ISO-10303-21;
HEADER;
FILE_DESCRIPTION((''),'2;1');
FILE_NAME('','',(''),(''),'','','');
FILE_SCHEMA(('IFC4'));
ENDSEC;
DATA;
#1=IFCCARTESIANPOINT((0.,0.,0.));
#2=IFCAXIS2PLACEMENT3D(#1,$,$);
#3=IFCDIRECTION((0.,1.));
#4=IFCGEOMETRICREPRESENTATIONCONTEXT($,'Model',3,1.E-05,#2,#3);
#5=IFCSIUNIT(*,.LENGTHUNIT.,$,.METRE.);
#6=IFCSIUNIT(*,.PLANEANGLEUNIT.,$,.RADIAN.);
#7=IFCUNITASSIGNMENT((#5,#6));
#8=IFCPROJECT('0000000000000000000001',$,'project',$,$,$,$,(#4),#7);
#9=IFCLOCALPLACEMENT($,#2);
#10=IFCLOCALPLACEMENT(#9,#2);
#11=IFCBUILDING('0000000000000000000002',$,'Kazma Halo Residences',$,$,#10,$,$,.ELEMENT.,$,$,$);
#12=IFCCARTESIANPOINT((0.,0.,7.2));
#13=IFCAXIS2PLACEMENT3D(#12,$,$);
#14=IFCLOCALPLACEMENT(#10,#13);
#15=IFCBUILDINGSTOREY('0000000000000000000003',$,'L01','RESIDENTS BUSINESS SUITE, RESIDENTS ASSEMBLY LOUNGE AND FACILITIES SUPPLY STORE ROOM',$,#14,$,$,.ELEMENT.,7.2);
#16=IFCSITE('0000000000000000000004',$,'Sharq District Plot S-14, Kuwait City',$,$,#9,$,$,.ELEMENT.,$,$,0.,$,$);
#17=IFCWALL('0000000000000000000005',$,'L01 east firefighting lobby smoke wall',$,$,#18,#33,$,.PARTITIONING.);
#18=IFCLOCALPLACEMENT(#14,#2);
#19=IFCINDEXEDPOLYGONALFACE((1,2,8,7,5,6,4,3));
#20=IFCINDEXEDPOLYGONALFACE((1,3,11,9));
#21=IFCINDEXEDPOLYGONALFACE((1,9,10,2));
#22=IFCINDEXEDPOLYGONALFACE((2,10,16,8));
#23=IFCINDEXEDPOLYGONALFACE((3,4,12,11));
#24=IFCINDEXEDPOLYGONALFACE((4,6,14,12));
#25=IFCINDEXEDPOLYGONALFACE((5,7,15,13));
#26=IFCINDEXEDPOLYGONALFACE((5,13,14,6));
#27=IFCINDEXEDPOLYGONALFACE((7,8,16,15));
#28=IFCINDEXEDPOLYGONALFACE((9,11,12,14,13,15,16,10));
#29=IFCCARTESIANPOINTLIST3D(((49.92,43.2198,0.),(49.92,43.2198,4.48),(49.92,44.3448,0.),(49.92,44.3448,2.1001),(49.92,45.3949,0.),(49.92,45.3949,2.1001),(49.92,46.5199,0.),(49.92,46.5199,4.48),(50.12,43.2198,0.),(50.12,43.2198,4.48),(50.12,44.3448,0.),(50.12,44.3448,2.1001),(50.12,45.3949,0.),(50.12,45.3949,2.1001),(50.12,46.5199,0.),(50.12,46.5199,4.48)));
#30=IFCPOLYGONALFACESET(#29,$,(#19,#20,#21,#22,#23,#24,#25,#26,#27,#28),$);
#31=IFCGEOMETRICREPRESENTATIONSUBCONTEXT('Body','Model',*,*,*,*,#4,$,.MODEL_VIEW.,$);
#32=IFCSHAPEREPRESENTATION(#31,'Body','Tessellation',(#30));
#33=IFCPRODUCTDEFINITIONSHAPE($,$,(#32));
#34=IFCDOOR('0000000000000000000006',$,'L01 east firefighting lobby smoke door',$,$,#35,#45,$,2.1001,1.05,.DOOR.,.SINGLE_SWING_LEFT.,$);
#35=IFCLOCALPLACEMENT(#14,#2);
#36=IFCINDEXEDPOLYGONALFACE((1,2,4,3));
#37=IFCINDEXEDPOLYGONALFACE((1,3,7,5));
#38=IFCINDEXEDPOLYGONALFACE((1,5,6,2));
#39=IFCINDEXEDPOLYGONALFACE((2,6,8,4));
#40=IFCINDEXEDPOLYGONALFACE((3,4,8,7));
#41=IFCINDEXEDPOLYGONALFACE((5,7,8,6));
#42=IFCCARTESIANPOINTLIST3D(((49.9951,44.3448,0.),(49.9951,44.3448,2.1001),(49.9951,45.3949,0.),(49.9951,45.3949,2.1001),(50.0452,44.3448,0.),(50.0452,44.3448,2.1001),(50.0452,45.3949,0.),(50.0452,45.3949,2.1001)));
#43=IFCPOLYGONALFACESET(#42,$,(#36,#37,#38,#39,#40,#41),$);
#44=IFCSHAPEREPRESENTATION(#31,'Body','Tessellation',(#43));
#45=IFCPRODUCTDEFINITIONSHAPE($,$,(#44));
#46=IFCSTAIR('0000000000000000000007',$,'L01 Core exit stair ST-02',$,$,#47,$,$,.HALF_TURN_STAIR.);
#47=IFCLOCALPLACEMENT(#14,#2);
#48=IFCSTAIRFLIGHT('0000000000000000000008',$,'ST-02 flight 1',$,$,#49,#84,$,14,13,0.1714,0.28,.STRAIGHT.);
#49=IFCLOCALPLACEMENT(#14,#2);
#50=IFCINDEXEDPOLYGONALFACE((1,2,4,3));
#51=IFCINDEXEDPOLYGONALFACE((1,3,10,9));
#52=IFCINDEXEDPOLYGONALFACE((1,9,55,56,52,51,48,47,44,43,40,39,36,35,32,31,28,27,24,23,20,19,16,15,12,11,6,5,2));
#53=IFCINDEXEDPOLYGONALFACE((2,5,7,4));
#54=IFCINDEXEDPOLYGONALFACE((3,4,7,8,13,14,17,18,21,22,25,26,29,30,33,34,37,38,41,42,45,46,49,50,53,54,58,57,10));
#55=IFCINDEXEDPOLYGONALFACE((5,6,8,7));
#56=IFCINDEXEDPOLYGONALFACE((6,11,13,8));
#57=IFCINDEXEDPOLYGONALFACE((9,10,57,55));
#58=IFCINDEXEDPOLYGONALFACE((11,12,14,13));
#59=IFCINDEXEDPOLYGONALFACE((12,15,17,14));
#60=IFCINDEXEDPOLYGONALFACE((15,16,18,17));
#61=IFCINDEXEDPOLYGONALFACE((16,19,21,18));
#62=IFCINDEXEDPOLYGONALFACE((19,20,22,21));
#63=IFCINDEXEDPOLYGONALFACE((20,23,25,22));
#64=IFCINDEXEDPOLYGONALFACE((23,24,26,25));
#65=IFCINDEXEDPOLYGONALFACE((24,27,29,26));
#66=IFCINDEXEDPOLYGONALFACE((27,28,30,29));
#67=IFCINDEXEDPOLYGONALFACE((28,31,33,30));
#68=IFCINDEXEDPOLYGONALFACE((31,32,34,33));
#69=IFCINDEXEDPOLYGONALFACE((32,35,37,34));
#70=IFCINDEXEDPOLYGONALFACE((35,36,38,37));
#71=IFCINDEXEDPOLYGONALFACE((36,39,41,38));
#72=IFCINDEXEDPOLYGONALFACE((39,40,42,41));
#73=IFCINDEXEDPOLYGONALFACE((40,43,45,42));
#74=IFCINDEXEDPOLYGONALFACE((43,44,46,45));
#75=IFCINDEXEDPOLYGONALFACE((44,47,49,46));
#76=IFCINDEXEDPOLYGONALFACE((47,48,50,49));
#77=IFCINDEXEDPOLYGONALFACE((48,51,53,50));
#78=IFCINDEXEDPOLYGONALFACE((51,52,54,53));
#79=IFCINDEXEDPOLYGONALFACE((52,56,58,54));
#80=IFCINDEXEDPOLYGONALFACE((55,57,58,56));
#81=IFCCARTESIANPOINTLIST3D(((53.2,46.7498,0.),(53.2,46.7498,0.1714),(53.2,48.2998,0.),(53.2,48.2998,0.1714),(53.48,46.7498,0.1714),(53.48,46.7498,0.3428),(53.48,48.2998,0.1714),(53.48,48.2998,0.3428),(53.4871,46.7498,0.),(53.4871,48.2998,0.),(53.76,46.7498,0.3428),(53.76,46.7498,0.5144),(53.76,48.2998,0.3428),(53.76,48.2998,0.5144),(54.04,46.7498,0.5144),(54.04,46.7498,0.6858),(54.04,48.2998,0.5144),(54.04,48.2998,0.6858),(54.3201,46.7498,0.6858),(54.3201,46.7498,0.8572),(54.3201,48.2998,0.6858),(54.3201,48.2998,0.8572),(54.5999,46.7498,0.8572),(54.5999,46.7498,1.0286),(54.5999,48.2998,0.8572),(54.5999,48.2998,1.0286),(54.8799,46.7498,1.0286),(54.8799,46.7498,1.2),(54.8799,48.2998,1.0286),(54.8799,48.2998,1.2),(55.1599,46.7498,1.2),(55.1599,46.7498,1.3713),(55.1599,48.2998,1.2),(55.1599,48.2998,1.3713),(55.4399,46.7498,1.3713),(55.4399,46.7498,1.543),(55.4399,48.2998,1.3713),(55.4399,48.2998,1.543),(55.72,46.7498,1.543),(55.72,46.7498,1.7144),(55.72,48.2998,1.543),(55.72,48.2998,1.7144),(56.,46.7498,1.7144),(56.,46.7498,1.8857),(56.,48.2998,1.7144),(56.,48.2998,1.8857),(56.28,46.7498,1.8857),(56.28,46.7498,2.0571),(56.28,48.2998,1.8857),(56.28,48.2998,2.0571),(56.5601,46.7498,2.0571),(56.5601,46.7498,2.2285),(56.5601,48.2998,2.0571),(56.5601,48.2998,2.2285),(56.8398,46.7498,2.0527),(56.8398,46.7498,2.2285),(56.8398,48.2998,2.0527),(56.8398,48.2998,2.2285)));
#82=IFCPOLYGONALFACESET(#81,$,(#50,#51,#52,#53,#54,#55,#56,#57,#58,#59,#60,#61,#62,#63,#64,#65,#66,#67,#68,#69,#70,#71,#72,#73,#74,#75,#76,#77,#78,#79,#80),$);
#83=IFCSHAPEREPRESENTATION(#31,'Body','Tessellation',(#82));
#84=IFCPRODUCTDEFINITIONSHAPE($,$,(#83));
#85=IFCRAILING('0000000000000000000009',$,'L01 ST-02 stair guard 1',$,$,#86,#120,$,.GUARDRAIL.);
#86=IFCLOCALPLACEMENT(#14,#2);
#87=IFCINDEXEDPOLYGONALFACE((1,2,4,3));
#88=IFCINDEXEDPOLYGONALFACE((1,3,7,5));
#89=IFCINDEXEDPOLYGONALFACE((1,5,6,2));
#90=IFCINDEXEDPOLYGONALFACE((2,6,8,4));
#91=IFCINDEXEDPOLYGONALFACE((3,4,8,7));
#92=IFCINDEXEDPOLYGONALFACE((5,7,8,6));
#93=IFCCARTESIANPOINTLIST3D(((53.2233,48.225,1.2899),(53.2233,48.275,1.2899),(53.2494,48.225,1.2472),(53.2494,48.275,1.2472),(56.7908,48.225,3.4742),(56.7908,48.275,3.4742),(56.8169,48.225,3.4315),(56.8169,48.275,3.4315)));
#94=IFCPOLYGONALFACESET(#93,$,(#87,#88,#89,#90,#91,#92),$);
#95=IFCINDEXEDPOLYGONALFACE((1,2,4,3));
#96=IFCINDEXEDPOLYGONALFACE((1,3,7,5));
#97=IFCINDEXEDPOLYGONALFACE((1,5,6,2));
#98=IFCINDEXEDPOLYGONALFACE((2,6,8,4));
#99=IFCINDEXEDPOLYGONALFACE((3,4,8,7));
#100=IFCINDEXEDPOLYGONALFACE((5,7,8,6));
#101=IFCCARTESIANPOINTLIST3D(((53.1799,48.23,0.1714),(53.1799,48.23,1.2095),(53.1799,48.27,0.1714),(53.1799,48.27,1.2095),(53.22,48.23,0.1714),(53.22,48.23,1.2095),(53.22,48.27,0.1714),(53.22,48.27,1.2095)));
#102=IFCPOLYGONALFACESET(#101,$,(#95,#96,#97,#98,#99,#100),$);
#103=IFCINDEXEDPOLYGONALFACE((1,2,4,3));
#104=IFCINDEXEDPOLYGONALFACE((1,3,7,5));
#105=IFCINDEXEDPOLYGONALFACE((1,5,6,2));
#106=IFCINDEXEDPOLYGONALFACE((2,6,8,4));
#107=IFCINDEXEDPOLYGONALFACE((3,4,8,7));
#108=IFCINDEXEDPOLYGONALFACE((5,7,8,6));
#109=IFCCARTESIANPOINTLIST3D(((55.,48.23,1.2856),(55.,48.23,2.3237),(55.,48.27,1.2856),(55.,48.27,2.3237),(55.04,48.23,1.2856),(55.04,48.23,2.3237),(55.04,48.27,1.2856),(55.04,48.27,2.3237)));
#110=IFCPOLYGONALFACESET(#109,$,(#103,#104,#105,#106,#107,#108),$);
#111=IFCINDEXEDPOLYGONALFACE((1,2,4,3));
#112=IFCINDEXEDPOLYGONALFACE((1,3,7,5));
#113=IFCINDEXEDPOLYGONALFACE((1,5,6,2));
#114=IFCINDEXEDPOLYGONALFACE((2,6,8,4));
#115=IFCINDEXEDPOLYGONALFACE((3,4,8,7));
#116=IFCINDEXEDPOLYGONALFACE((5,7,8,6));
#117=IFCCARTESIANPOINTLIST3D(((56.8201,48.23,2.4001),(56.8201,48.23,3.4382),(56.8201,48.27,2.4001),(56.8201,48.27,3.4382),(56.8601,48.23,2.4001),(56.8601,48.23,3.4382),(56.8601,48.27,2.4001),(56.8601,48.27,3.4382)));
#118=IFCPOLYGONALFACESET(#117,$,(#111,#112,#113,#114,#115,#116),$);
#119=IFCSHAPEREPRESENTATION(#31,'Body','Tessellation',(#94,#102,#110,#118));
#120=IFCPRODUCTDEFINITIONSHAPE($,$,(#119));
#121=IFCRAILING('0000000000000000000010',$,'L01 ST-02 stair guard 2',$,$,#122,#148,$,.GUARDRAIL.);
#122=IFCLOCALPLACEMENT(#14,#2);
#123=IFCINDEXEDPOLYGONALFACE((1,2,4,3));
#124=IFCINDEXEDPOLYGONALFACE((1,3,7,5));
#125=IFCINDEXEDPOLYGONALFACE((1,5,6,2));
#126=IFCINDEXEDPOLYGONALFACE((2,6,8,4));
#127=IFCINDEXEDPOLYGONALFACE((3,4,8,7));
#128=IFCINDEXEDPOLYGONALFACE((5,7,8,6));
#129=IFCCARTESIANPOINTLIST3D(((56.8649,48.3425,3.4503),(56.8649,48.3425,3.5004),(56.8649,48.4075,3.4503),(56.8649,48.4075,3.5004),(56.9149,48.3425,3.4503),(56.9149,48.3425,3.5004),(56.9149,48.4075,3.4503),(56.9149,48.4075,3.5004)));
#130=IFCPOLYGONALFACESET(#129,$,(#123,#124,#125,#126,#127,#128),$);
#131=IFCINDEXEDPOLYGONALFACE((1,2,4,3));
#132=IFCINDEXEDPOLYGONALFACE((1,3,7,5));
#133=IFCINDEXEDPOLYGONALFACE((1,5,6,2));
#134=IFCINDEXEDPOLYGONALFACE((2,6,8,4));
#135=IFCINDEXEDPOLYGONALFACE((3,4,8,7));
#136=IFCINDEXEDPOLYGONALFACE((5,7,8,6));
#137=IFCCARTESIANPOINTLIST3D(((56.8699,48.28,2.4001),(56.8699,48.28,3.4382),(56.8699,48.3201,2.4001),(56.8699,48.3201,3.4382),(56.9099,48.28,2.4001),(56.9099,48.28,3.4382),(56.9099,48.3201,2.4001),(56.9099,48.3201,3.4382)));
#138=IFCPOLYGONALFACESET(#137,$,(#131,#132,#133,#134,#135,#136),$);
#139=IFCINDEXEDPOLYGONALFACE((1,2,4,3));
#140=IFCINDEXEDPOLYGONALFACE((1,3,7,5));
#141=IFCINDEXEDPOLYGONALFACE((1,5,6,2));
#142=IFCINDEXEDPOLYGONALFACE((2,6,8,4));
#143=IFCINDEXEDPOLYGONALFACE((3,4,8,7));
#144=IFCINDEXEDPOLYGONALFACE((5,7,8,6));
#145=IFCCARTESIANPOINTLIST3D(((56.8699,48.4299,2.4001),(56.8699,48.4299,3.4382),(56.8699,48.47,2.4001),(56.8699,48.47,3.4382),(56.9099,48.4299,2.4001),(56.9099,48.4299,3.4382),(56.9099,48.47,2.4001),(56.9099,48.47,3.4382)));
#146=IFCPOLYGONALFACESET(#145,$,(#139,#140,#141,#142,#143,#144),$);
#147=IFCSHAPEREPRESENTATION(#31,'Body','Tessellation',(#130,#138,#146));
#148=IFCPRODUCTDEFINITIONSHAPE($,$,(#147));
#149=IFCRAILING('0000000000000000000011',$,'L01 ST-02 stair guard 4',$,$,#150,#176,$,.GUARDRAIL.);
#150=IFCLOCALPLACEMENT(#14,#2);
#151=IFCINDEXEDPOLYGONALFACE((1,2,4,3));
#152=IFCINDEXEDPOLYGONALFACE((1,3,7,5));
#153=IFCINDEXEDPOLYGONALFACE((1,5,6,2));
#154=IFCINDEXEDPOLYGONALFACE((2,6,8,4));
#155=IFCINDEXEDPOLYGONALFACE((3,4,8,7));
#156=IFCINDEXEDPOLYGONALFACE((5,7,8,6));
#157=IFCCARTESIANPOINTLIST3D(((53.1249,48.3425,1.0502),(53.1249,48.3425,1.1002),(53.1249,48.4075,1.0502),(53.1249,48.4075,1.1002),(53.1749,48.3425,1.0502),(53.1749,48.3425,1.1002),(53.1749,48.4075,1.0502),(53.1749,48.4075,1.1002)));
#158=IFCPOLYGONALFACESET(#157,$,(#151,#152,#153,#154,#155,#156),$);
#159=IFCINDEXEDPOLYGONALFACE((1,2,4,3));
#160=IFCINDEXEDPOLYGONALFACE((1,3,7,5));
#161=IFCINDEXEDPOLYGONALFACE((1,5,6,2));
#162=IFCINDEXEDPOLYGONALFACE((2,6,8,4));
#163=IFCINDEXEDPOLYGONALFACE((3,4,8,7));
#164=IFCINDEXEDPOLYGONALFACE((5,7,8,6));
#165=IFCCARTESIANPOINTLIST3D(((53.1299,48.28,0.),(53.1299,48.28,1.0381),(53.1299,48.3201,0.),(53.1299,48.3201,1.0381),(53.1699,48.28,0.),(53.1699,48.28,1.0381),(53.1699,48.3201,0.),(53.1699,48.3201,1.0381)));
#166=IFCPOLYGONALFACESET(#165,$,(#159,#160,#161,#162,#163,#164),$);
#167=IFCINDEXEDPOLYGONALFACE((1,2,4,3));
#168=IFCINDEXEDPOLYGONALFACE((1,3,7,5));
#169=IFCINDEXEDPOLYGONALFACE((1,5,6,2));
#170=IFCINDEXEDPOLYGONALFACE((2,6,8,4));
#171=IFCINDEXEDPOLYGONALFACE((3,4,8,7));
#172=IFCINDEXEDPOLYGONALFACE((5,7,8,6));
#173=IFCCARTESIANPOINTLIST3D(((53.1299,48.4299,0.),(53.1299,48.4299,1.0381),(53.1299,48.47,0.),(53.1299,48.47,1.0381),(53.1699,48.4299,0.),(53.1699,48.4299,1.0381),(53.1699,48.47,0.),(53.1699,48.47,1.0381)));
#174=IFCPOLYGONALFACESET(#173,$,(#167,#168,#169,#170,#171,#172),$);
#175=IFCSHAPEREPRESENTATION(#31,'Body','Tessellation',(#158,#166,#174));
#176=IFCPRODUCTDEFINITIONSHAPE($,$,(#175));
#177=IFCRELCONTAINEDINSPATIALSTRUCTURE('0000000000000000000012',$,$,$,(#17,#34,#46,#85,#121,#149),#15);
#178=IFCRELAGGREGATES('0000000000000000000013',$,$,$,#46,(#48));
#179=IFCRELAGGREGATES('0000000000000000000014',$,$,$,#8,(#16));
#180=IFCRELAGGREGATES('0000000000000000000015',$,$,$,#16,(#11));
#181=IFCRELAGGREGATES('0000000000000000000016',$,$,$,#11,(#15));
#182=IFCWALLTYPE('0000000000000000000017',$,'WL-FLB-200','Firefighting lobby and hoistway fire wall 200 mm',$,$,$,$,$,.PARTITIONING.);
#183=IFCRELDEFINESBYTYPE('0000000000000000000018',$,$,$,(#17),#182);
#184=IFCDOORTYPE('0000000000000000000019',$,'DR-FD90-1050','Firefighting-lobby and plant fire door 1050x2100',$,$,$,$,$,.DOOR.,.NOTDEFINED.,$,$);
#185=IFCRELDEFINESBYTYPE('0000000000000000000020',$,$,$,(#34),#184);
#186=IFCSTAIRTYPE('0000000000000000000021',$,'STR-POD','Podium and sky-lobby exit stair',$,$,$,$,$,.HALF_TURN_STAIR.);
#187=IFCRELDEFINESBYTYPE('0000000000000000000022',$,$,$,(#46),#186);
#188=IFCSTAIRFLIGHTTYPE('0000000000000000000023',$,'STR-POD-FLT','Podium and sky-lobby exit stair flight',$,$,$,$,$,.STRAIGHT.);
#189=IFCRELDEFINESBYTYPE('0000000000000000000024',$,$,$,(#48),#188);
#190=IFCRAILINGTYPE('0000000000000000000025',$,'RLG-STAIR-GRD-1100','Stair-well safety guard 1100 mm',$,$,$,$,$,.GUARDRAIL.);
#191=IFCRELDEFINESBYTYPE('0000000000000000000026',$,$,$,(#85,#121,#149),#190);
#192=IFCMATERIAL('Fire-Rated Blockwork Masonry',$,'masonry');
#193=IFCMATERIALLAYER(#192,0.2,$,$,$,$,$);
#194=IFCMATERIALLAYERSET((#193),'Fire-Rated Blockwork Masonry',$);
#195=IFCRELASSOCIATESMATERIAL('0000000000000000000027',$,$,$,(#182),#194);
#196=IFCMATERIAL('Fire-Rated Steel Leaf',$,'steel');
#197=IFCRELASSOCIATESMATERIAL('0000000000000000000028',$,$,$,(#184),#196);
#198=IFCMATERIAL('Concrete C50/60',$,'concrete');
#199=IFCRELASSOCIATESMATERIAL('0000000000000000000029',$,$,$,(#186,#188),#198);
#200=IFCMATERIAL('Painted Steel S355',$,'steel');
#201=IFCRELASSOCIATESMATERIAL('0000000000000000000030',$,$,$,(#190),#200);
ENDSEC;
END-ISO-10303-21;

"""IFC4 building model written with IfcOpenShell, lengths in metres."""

from ifc_helpers import new_model, si_unit, direction, frame, frame_2d, origin, origin_2d, place, context, subcontext, project, spatial, polyline, rectangle, outline, extrude, material, layer, layer_set, type_object, element, fill, aggregate, save


model = new_model("IFC4")

# Units and contexts
model_context = context("Model", 3, precision=1e-05, world=origin(), true_north=direction((0.0, 1.0)))
body_context = subcontext(model_context, "Body", "Model", "MODEL_VIEW")
ifc_project = project(units=[si_unit("LENGTHUNIT", "METRE"), si_unit("PLANEANGLEUNIT", "RADIAN")], contexts=[model_context])

# Site, building, storey
site_placement = place(None, origin())
site = spatial("IfcSite", under=ifc_project, at=site_placement, Name="Sharq District Plot S-14, Kuwait City", CompositionType="ELEMENT", RefElevation=0.0)
building_placement = place(site_placement, origin())
building = spatial("IfcBuilding", under=site, at=building_placement, Name="Kazma Halo Residences", CompositionType="ELEMENT")
storey_placement = place(building_placement, frame((0.0, 0.0, 7.2)))
storey = spatial("IfcBuildingStorey", under=building, at=storey_placement, Name="L01", Description="RESIDENTS BUSINESS SUITE, RESIDENTS ASSEMBLY LOUNGE AND FACILITIES SUPPLY STORE ROOM", CompositionType="ELEMENT", Elevation=7.2)

# Shared definitions
ifc_material_1 = material(Name="Fire-Rated Blockwork Masonry", Category="masonry")
ifc_layer_1 = layer(ifc_material_1, 0.2)
ifc_layer_set_1 = layer_set([ifc_layer_1], Name="Fire-Rated Blockwork Masonry")
wall_type_1 = type_object("IfcWallType", Name="WL-FLB-200", Description="Firefighting lobby and hoistway fire wall 200 mm", PredefinedType="PARTITIONING", material=ifc_layer_set_1)

# Wall, opening, door
wall_1_placement = place(storey_placement, frame((50.02, 43.22, 0.0), z_axis=(0.0, 0.0, 1.0), x_axis=(0.0, 1.0, 0.0)))
wall_1 = element("IfcWall", 1, at=wall_1_placement, inside=storey, type_object=wall_type_1, Name="L01 east firefighting lobby smoke wall", PredefinedType="PARTITIONING", context=body_context, shape_type="SweptSolid", body=[
    extrude(rectangle(XDim=3.3, YDim=0.2, at=frame_2d((1.6499, 0.0))), origin(), (0.0, 0.0, 1.0), 4.48),
])
opening_1_placement = place(wall_1_placement, frame((1.125, 0.0, 0.0)))
opening_1 = element("IfcOpeningElement", 2, at=opening_1_placement, cuts=wall_1, PredefinedType="OPENING", context=body_context, shape_type="SweptSolid", body=[
    extrude(rectangle(XDim=1.05, YDim=2.1001, at=frame_2d((0.5249, 1.05))), frame((0.0, 0.1099, 0.0), z_axis=(0.0, -1.0, 0.0), x_axis=(1.0, 0.0, 0.0)), (0.0, 0.0, 1.0), 0.22),
])
ifc_material_2 = material(Name="Fire-Rated Steel Leaf", Category="steel")
door_type_1 = type_object("IfcDoorType", Name="DR-FD90-1050", Description="Firefighting-lobby and plant fire door 1050x2100", OperationType="NOTDEFINED", PredefinedType="DOOR", material=ifc_material_2)
door_1_placement = place(opening_1_placement, origin())
door_1 = element("IfcDoor", 3, at=door_1_placement, inside=storey, type_object=door_type_1, Name="L01 east firefighting lobby smoke door", OperationType="SINGLE_SWING_LEFT", OverallHeight=2.1001, OverallWidth=1.05, PredefinedType="DOOR", context=body_context, shape_type="SweptSolid", body=[
    extrude(rectangle(XDim=1.05, YDim=2.1001, at=frame_2d((0.5249, 1.05))), frame((0.0, 0.0249, 0.0), z_axis=(0.0, -1.0, 0.0), x_axis=(1.0, 0.0, 0.0)), (0.0, 0.0, 1.0), 0.05),
])
fill(opening_1, door_1)
ifc_material_3 = material(Name="Concrete C50/60", Category="concrete")

# Stair, stair flight
stair_type = type_object("IfcStairType", Name="STR-POD", Description="Podium and sky-lobby exit stair", PredefinedType="HALF_TURN_STAIR", material=ifc_material_3)
stair_placement = place(storey_placement, origin())
stair = element("IfcStair", 4, at=stair_placement, inside=storey, type_object=stair_type, Name="L01 Core exit stair ST-02", PredefinedType="HALF_TURN_STAIR")
stair_flight_type = type_object("IfcStairFlightType", Name="STR-POD-FLT", Description="Podium and sky-lobby exit stair flight", PredefinedType="STRAIGHT", material=ifc_material_3)
stair_flight_placement = place(storey_placement, frame((53.2, 47.5249, 0.0), z_axis=(0.0, 0.0, 1.0), x_axis=(1.0, 0.0, 0.0)))
stair_flight = element("IfcStairFlight", 5, at=stair_flight_placement, type_object=stair_flight_type, Name="ST-02 flight 1", NumberOfRisers=14, NumberOfTreads=13, PredefinedType="STRAIGHT", RiserHeight=0.1714, TreadLength=0.28, context=body_context, shape_type="SweptSolid", body=[
    extrude(outline(polyline([(0.0, 0.0), (0.0, 0.1714), (0.28, 0.1714), (0.28, 0.3428), (0.5601, 0.3428), (0.5601, 0.5144), (0.8401, 0.5144), (0.8401, 0.6858), (1.1201, 0.6858), (1.1201, 0.8572), (1.3999, 0.8572), (1.3999, 1.0286), (1.6799, 1.0286), (1.6799, 1.2), (1.96, 1.2), (1.96, 1.3713), (2.24, 1.3713), (2.24, 1.543), (2.52, 1.543), (2.52, 1.7144), (2.8, 1.7144), (2.8, 1.8857), (3.0801, 1.8857), (3.0801, 2.0571), (3.3601, 2.0571), (3.3601, 2.2285), (3.6399, 2.2285), (3.6399, 2.3999), (3.6399, 2.0527), (0.2871, 0.0), (0.0, 0.0)])), frame((0.0, 0.7749, 0.0), z_axis=(0.0, -1.0, 0.0), x_axis=(1.0, 0.0, 0.0)), (0.0, 0.0, 1.0), 1.55),
])
aggregate(stair, [stair_flight])

# Railings
ifc_material_4 = material(Name="Painted Steel S355", Category="steel")
railing_type_1 = type_object("IfcRailingType", Name="RLG-STAIR-GRD-1100", Description="Stair-well safety guard 1100 mm", PredefinedType="GUARDRAIL", material=ifc_material_4)
railing_1_placement = place(storey_placement, frame((53.2, 48.25, 0.1714)))
element("IfcRailing", 6, at=railing_1_placement, inside=storey, type_object=railing_type_1, Name="L01 ST-02 stair guard 1", PredefinedType="GUARDRAIL", context=body_context, shape_type="SweptSolid", body=[
    extrude(rectangle(XDim=0.05, YDim=0.05, at=origin_2d()), frame((0.0364, 0.0, 1.0972), z_axis=(0.85284, 0.0, 0.522172), x_axis=(0.0, 1.0, 0.0)), (0.0, 0.0, 1.0), 4.1831),
    extrude(rectangle(XDim=0.04, YDim=0.04, at=origin_2d()), origin(), (0.0, 0.0, 1.0), 1.0381),
    extrude(rectangle(XDim=0.04, YDim=0.04, at=origin_2d()), frame((1.8201, 0.0, 1.1143)), (0.0, 0.0, 1.0), 1.0381),
    extrude(rectangle(XDim=0.04, YDim=0.04, at=origin_2d()), frame((3.6401, 0.0, 2.2288)), (0.0, 0.0, 1.0), 1.0381),
])
for number, where, name in (
    (7, (56.8899, 48.3, 2.4001), "L01 ST-02 stair guard 2"),
    (8, (53.1499, 48.3, 0.0), "L01 ST-02 stair guard 4"),
):
    element("IfcRailing", number, at=place(storey_placement, frame(where)), inside=storey, type_object=railing_type_1, Name=name, PredefinedType="GUARDRAIL", context=body_context, shape_type="SweptSolid", body=[
        extrude(rectangle(XDim=0.05, YDim=0.05, at=origin_2d()), frame((0.0, 0.0425, 1.0752), z_axis=(0.0, 1.0, 0.0), x_axis=(-1.0, 0.0, 0.0)), (0.0, 0.0, 1.0), 0.0649),
        extrude(rectangle(XDim=0.04, YDim=0.04, at=origin_2d()), origin(), (0.0, 0.0, 1.0), 1.0381),
        extrude(rectangle(XDim=0.04, YDim=0.04, at=origin_2d()), frame((0.0, 0.1499, 0.0)), (0.0, 0.0, 1.0), 1.0381),
    ])

save(model, "model.ifc")
